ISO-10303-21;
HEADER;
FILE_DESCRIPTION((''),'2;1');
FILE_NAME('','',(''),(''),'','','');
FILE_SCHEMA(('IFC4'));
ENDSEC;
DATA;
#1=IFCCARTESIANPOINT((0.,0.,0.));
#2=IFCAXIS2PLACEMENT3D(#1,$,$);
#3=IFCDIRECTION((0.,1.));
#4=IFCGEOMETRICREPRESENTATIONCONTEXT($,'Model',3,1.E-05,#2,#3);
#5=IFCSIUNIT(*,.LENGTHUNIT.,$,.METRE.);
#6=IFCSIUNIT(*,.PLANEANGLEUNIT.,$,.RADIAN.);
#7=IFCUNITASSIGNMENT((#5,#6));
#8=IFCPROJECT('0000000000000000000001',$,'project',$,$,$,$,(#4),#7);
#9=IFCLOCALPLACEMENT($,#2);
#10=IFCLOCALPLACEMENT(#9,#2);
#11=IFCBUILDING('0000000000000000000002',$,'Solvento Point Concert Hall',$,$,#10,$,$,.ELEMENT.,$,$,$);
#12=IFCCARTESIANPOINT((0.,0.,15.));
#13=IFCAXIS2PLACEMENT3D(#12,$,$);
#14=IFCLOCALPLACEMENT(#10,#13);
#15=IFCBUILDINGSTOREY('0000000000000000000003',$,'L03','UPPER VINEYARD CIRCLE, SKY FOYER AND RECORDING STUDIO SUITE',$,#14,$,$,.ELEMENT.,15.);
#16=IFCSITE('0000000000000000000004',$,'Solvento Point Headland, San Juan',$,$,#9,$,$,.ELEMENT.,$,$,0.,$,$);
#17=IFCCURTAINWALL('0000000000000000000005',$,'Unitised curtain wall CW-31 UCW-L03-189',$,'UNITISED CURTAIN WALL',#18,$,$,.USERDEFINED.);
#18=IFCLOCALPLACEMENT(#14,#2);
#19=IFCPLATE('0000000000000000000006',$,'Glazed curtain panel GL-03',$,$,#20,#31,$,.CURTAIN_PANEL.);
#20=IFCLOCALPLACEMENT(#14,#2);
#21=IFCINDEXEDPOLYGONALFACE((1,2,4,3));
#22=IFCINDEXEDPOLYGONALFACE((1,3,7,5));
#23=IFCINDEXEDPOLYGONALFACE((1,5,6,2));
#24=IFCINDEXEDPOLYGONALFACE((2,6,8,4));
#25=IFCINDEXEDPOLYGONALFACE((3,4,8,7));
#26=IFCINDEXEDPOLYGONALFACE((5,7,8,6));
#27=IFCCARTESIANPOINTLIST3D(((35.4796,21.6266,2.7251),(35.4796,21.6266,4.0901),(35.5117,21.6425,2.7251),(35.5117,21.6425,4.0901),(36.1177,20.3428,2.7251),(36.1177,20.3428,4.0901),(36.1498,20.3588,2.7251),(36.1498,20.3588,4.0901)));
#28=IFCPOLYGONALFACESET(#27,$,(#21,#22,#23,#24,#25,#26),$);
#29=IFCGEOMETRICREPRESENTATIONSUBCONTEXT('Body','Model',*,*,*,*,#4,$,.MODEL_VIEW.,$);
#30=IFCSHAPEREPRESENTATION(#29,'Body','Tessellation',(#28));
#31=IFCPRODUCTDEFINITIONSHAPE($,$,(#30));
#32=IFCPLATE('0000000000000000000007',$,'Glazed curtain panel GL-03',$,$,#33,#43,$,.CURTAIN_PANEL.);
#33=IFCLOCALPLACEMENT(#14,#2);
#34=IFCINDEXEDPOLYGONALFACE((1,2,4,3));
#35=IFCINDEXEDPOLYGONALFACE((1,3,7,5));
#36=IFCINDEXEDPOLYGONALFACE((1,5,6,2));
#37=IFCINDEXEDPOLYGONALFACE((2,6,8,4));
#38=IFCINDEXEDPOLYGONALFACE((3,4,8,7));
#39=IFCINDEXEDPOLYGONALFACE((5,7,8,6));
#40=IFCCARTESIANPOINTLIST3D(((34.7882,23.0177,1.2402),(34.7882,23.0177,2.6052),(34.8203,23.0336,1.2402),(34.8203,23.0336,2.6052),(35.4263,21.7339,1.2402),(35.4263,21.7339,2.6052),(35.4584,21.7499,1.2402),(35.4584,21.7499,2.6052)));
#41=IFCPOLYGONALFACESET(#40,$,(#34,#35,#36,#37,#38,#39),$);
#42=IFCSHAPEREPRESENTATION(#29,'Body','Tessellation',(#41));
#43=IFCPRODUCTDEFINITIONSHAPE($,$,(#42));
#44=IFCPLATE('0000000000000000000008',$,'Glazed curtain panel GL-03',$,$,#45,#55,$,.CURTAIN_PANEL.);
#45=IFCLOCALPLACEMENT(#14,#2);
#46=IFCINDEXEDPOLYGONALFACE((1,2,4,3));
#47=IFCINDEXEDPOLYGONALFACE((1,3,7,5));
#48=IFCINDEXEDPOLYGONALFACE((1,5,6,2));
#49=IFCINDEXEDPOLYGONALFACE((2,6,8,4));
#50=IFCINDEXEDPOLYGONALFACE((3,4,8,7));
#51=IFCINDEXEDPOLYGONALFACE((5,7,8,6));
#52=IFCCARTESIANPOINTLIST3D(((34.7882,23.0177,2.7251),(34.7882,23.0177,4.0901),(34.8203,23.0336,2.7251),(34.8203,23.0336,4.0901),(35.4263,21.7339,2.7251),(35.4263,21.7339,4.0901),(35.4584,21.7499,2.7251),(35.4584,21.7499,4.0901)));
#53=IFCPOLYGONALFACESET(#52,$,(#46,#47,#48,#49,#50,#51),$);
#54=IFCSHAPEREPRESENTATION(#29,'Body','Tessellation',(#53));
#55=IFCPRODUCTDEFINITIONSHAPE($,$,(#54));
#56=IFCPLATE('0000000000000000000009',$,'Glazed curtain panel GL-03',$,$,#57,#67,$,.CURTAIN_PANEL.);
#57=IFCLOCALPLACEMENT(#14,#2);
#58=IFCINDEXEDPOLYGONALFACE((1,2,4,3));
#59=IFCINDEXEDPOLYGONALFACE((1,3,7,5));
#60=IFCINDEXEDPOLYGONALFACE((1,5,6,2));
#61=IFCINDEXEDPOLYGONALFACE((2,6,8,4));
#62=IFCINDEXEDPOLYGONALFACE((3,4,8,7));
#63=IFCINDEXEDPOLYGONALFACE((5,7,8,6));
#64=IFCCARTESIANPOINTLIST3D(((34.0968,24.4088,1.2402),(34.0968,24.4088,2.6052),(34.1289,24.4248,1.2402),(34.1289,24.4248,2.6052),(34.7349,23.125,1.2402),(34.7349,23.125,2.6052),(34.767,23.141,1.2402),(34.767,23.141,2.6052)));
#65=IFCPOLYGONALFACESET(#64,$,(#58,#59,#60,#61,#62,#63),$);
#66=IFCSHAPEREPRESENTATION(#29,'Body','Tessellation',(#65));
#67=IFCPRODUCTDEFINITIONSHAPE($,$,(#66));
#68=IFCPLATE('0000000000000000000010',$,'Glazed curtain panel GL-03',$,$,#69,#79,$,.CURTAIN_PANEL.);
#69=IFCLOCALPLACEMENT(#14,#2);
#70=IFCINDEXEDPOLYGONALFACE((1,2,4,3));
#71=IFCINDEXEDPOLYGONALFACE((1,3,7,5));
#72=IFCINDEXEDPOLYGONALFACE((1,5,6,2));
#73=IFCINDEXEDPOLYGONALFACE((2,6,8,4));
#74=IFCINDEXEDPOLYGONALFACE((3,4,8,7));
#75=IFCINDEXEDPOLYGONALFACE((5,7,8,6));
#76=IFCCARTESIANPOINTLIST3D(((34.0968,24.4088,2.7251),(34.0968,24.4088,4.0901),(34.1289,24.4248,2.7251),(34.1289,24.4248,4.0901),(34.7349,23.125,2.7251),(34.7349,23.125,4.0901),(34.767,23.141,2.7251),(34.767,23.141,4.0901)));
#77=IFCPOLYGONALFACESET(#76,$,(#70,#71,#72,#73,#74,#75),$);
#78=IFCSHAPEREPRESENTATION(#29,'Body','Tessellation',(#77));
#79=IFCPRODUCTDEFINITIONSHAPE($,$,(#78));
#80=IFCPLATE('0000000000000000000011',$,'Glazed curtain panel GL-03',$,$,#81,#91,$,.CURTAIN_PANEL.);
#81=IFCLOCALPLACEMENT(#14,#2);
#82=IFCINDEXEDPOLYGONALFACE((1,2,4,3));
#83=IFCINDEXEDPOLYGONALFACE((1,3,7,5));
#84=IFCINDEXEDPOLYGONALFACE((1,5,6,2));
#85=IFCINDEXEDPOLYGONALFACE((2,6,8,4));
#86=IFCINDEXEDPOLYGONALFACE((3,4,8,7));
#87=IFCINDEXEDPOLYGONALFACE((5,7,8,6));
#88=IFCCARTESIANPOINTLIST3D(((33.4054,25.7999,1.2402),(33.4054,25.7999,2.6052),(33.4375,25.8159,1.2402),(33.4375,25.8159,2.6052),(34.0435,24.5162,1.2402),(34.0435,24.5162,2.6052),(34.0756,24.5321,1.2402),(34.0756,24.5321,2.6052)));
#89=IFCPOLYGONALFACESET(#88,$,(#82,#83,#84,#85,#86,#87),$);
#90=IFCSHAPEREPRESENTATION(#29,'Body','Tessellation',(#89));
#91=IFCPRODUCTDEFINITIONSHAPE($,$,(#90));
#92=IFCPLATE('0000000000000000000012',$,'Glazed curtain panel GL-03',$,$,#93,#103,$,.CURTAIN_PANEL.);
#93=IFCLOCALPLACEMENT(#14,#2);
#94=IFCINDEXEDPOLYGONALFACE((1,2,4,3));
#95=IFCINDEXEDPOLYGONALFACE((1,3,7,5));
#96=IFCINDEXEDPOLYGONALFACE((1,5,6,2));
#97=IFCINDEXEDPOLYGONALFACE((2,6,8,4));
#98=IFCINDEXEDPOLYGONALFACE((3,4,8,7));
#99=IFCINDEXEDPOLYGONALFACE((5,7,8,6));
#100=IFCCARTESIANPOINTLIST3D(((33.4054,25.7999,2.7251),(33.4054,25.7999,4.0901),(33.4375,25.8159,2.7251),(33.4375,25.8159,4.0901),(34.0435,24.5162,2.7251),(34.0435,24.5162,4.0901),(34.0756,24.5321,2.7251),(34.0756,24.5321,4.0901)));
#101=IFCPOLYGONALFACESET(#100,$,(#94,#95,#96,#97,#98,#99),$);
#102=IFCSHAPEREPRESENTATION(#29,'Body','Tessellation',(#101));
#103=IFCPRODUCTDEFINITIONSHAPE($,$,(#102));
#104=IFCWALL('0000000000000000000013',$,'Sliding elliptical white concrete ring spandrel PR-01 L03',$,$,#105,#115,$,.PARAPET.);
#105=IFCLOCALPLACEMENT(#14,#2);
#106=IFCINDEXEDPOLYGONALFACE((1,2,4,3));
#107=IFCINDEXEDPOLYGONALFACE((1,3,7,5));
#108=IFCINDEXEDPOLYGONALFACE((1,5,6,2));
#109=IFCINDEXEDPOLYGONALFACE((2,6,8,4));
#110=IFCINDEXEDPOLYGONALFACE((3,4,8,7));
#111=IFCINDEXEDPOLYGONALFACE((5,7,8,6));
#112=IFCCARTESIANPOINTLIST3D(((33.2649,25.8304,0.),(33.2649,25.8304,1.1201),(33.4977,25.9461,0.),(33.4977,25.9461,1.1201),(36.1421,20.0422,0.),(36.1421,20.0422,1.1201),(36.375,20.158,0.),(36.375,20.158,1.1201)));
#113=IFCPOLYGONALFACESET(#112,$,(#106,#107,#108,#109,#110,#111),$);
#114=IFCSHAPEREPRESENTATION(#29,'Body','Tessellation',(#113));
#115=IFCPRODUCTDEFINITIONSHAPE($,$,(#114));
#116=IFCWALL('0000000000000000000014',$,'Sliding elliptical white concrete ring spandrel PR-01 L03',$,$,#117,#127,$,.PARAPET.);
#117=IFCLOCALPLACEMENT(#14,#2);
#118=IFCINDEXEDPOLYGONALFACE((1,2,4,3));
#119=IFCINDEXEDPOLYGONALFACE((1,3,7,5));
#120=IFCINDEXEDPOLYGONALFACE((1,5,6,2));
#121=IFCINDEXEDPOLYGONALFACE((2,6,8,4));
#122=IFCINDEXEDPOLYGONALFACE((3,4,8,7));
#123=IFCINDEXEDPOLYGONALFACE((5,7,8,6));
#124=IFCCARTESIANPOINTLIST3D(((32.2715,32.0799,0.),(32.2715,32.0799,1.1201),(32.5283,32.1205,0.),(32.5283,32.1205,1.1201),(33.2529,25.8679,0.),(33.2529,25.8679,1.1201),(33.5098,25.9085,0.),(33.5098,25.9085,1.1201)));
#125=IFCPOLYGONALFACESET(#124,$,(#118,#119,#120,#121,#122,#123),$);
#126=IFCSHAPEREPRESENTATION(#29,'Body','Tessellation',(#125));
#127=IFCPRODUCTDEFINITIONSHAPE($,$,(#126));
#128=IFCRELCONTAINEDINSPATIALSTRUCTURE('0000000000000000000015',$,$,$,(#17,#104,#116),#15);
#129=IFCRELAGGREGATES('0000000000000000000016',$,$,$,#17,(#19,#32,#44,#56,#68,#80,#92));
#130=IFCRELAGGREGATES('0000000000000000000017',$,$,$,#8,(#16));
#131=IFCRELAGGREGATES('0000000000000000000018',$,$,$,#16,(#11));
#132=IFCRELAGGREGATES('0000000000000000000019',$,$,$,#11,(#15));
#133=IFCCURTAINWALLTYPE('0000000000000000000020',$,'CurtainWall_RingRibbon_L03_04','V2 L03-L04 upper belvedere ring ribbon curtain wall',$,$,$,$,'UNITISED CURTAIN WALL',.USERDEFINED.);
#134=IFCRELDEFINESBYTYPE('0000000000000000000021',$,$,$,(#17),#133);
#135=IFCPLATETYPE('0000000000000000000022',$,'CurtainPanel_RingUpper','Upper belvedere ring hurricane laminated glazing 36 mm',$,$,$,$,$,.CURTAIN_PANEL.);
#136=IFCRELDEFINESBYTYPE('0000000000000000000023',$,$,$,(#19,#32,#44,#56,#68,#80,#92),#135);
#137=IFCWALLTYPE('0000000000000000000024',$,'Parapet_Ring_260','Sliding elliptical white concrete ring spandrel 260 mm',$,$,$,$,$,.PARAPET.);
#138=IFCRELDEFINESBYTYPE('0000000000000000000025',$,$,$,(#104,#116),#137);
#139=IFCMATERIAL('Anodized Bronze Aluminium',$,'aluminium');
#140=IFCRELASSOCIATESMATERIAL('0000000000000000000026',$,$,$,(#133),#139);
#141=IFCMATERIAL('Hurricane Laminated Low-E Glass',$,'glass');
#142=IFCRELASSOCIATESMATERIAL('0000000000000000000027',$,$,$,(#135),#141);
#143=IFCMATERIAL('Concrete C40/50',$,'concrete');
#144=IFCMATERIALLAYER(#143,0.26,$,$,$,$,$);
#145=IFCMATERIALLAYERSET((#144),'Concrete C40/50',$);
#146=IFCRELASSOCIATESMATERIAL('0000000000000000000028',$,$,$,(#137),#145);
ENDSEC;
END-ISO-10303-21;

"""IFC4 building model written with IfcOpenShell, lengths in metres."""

from ifc_helpers import new_model, si_unit, direction, frame, frame_2d, origin, origin_2d, place, context, subcontext, project, spatial, rectangle, extrude, material, layer, layer_set, type_object, element, aggregate, save


model = new_model("IFC4")

# Units and contexts
model_context = context("Model", 3, precision=1e-05, world=origin(), true_north=direction((0.0, 1.0)))
body_context = subcontext(model_context, "Body", "Model", "MODEL_VIEW")
ifc_project = project(units=[si_unit("LENGTHUNIT", "METRE"), si_unit("PLANEANGLEUNIT", "RADIAN")], contexts=[model_context])

# Site, building, storey
site_placement = place(None, origin())
site = spatial("IfcSite", under=ifc_project, at=site_placement, Name="Solvento Point Headland, San Juan", CompositionType="ELEMENT", RefElevation=0.0)
building_placement = place(site_placement, origin())
building = spatial("IfcBuilding", under=site, at=building_placement, Name="Solvento Point Concert Hall", CompositionType="ELEMENT")
storey_placement = place(building_placement, frame((0.0, 0.0, 15.0)))
storey = spatial("IfcBuildingStorey", under=building, at=storey_placement, Name="L03", Description="UPPER VINEYARD CIRCLE, SKY FOYER AND RECORDING STUDIO SUITE", CompositionType="ELEMENT", Elevation=15.0)

# Curtain wall
ifc_material_1 = material(Name="Anodized Bronze Aluminium", Category="aluminium")
curtain_wall_type = type_object("IfcCurtainWallType", Name="CurtainWall_RingRibbon_L03_04", Description="V2 L03-L04 upper belvedere ring ribbon curtain wall", ElementType="UNITISED CURTAIN WALL", PredefinedType="USERDEFINED", material=ifc_material_1)
curtain_wall_1_placement = place(storey_placement, origin())
curtain_wall_1 = element("IfcCurtainWall", 1, at=curtain_wall_1_placement, inside=storey, type_object=curtain_wall_type, Name="Unitised curtain wall CW-31 UCW-L03-189", ObjectType="UNITISED CURTAIN WALL", PredefinedType="USERDEFINED")

# Plates
ifc_material_2 = material(Name="Hurricane Laminated Low-E Glass", Category="glass")
plate_type = type_object("IfcPlateType", Name="CurtainPanel_RingUpper", Description="Upper belvedere ring hurricane laminated glazing 36 mm", PredefinedType="CURTAIN_PANEL", material=ifc_material_2)
plate_1_placement = place(storey_placement, frame((35.8147, 20.9927, 2.7251), z_axis=(0.0, 0.0, 1.0), x_axis=(-0.445115, 0.895473, 0.0)))
plate_1 = element("IfcPlate", 2, at=plate_1_placement, type_object=plate_type, Name="Glazed curtain panel GL-03", PredefinedType="CURTAIN_PANEL", context=body_context, shape_type="SweptSolid", body=[
    extrude(rectangle(XDim=1.4336, YDim=0.0359, at=origin_2d()), origin(), (0.0, 0.0, 1.0), 1.365),
])
plate_2_placement = place(storey_placement, frame((35.1233, 22.3838, 1.2402), z_axis=(0.0, 0.0, 1.0), x_axis=(-0.445115, 0.895473, 0.0)))
plate_2 = element("IfcPlate", 3, at=plate_2_placement, type_object=plate_type, Name="Glazed curtain panel GL-03", PredefinedType="CURTAIN_PANEL", context=body_context, shape_type="SweptSolid", body=[
    extrude(rectangle(XDim=1.4336, YDim=0.0359, at=origin_2d()), origin(), (0.0, 0.0, 1.0), 1.365),
])
plate_3_placement = place(storey_placement, frame((35.1233, 22.3838, 2.7251), z_axis=(0.0, 0.0, 1.0), x_axis=(-0.445115, 0.895473, 0.0)))
plate_3 = element("IfcPlate", 4, at=plate_3_placement, type_object=plate_type, Name="Glazed curtain panel GL-03", PredefinedType="CURTAIN_PANEL", context=body_context, shape_type="SweptSolid", body=[
    extrude(rectangle(XDim=1.4336, YDim=0.0359, at=origin_2d()), origin(), (0.0, 0.0, 1.0), 1.365),
])
plate_4_placement = place(storey_placement, frame((34.4319, 23.7749, 1.2402), z_axis=(0.0, 0.0, 1.0), x_axis=(-0.445115, 0.895473, 0.0)))
plate_4 = element("IfcPlate", 5, at=plate_4_placement, type_object=plate_type, Name="Glazed curtain panel GL-03", PredefinedType="CURTAIN_PANEL", context=body_context, shape_type="SweptSolid", body=[
    extrude(rectangle(XDim=1.4336, YDim=0.0359, at=origin_2d()), origin(), (0.0, 0.0, 1.0), 1.365),
])
plate_5_placement = place(storey_placement, frame((34.4319, 23.7749, 2.7251), z_axis=(0.0, 0.0, 1.0), x_axis=(-0.445115, 0.895473, 0.0)))
plate_5 = element("IfcPlate", 6, at=plate_5_placement, type_object=plate_type, Name="Glazed curtain panel GL-03", PredefinedType="CURTAIN_PANEL", context=body_context, shape_type="SweptSolid", body=[
    extrude(rectangle(XDim=1.4336, YDim=0.0359, at=origin_2d()), origin(), (0.0, 0.0, 1.0), 1.365),
])
plate_6_placement = place(storey_placement, frame((33.7405, 25.166, 1.2402), z_axis=(0.0, 0.0, 1.0), x_axis=(-0.445115, 0.895473, 0.0)))
plate_6 = element("IfcPlate", 7, at=plate_6_placement, type_object=plate_type, Name="Glazed curtain panel GL-03", PredefinedType="CURTAIN_PANEL", context=body_context, shape_type="SweptSolid", body=[
    extrude(rectangle(XDim=1.4336, YDim=0.0359, at=origin_2d()), origin(), (0.0, 0.0, 1.0), 1.365),
])
plate_7_placement = place(storey_placement, frame((33.7405, 25.166, 2.7251), z_axis=(0.0, 0.0, 1.0), x_axis=(-0.445115, 0.895473, 0.0)))
plate_7 = element("IfcPlate", 8, at=plate_7_placement, type_object=plate_type, Name="Glazed curtain panel GL-03", PredefinedType="CURTAIN_PANEL", context=body_context, shape_type="SweptSolid", body=[
    extrude(rectangle(XDim=1.4336, YDim=0.0359, at=origin_2d()), origin(), (0.0, 0.0, 1.0), 1.365),
])
aggregate(curtain_wall_1, [plate_1, plate_2, plate_3, plate_4, plate_5, plate_6, plate_7])

# Walls
ifc_material_3 = material(Name="Concrete C40/50", Category="concrete")
ifc_layer = layer(ifc_material_3, 0.26)
ifc_layer_set = layer_set([ifc_layer], Name="Concrete C40/50")
wall_type = type_object("IfcWallType", Name="Parapet_Ring_260", Description="Sliding elliptical white concrete ring spandrel 260 mm", PredefinedType="PARAPET", material=ifc_layer_set)
wall_1_placement = place(storey_placement, frame((36.2585, 20.1001, 0.0), z_axis=(0.0, 0.0, 1.0), x_axis=(-0.445127, 0.895467, 0.0)))
element("IfcWall", 9, at=wall_1_placement, inside=storey, type_object=wall_type, Name="Sliding elliptical white concrete ring spandrel PR-01 L03", PredefinedType="PARAPET", context=body_context, shape_type="SweptSolid", body=[
    extrude(rectangle(XDim=6.4639, YDim=0.26, at=frame_2d((3.2319, 0.0))), origin(), (0.0, 0.0, 1.0), 1.1201),
])
wall_2_placement = place(storey_placement, frame((33.3813, 25.8882, 0.0), z_axis=(0.0, 0.0, 1.0), x_axis=(-0.156058, 0.987748, 0.0)))
element("IfcWall", 10, at=wall_2_placement, inside=storey, type_object=wall_type, Name="Sliding elliptical white concrete ring spandrel PR-01 L03", PredefinedType="PARAPET", context=body_context, shape_type="SweptSolid", body=[
    extrude(rectangle(XDim=6.2891, YDim=0.26, at=frame_2d((3.1445, 0.0))), origin(), (0.0, 0.0, 1.0), 1.1201),
])

save(model, "model.ifc")
